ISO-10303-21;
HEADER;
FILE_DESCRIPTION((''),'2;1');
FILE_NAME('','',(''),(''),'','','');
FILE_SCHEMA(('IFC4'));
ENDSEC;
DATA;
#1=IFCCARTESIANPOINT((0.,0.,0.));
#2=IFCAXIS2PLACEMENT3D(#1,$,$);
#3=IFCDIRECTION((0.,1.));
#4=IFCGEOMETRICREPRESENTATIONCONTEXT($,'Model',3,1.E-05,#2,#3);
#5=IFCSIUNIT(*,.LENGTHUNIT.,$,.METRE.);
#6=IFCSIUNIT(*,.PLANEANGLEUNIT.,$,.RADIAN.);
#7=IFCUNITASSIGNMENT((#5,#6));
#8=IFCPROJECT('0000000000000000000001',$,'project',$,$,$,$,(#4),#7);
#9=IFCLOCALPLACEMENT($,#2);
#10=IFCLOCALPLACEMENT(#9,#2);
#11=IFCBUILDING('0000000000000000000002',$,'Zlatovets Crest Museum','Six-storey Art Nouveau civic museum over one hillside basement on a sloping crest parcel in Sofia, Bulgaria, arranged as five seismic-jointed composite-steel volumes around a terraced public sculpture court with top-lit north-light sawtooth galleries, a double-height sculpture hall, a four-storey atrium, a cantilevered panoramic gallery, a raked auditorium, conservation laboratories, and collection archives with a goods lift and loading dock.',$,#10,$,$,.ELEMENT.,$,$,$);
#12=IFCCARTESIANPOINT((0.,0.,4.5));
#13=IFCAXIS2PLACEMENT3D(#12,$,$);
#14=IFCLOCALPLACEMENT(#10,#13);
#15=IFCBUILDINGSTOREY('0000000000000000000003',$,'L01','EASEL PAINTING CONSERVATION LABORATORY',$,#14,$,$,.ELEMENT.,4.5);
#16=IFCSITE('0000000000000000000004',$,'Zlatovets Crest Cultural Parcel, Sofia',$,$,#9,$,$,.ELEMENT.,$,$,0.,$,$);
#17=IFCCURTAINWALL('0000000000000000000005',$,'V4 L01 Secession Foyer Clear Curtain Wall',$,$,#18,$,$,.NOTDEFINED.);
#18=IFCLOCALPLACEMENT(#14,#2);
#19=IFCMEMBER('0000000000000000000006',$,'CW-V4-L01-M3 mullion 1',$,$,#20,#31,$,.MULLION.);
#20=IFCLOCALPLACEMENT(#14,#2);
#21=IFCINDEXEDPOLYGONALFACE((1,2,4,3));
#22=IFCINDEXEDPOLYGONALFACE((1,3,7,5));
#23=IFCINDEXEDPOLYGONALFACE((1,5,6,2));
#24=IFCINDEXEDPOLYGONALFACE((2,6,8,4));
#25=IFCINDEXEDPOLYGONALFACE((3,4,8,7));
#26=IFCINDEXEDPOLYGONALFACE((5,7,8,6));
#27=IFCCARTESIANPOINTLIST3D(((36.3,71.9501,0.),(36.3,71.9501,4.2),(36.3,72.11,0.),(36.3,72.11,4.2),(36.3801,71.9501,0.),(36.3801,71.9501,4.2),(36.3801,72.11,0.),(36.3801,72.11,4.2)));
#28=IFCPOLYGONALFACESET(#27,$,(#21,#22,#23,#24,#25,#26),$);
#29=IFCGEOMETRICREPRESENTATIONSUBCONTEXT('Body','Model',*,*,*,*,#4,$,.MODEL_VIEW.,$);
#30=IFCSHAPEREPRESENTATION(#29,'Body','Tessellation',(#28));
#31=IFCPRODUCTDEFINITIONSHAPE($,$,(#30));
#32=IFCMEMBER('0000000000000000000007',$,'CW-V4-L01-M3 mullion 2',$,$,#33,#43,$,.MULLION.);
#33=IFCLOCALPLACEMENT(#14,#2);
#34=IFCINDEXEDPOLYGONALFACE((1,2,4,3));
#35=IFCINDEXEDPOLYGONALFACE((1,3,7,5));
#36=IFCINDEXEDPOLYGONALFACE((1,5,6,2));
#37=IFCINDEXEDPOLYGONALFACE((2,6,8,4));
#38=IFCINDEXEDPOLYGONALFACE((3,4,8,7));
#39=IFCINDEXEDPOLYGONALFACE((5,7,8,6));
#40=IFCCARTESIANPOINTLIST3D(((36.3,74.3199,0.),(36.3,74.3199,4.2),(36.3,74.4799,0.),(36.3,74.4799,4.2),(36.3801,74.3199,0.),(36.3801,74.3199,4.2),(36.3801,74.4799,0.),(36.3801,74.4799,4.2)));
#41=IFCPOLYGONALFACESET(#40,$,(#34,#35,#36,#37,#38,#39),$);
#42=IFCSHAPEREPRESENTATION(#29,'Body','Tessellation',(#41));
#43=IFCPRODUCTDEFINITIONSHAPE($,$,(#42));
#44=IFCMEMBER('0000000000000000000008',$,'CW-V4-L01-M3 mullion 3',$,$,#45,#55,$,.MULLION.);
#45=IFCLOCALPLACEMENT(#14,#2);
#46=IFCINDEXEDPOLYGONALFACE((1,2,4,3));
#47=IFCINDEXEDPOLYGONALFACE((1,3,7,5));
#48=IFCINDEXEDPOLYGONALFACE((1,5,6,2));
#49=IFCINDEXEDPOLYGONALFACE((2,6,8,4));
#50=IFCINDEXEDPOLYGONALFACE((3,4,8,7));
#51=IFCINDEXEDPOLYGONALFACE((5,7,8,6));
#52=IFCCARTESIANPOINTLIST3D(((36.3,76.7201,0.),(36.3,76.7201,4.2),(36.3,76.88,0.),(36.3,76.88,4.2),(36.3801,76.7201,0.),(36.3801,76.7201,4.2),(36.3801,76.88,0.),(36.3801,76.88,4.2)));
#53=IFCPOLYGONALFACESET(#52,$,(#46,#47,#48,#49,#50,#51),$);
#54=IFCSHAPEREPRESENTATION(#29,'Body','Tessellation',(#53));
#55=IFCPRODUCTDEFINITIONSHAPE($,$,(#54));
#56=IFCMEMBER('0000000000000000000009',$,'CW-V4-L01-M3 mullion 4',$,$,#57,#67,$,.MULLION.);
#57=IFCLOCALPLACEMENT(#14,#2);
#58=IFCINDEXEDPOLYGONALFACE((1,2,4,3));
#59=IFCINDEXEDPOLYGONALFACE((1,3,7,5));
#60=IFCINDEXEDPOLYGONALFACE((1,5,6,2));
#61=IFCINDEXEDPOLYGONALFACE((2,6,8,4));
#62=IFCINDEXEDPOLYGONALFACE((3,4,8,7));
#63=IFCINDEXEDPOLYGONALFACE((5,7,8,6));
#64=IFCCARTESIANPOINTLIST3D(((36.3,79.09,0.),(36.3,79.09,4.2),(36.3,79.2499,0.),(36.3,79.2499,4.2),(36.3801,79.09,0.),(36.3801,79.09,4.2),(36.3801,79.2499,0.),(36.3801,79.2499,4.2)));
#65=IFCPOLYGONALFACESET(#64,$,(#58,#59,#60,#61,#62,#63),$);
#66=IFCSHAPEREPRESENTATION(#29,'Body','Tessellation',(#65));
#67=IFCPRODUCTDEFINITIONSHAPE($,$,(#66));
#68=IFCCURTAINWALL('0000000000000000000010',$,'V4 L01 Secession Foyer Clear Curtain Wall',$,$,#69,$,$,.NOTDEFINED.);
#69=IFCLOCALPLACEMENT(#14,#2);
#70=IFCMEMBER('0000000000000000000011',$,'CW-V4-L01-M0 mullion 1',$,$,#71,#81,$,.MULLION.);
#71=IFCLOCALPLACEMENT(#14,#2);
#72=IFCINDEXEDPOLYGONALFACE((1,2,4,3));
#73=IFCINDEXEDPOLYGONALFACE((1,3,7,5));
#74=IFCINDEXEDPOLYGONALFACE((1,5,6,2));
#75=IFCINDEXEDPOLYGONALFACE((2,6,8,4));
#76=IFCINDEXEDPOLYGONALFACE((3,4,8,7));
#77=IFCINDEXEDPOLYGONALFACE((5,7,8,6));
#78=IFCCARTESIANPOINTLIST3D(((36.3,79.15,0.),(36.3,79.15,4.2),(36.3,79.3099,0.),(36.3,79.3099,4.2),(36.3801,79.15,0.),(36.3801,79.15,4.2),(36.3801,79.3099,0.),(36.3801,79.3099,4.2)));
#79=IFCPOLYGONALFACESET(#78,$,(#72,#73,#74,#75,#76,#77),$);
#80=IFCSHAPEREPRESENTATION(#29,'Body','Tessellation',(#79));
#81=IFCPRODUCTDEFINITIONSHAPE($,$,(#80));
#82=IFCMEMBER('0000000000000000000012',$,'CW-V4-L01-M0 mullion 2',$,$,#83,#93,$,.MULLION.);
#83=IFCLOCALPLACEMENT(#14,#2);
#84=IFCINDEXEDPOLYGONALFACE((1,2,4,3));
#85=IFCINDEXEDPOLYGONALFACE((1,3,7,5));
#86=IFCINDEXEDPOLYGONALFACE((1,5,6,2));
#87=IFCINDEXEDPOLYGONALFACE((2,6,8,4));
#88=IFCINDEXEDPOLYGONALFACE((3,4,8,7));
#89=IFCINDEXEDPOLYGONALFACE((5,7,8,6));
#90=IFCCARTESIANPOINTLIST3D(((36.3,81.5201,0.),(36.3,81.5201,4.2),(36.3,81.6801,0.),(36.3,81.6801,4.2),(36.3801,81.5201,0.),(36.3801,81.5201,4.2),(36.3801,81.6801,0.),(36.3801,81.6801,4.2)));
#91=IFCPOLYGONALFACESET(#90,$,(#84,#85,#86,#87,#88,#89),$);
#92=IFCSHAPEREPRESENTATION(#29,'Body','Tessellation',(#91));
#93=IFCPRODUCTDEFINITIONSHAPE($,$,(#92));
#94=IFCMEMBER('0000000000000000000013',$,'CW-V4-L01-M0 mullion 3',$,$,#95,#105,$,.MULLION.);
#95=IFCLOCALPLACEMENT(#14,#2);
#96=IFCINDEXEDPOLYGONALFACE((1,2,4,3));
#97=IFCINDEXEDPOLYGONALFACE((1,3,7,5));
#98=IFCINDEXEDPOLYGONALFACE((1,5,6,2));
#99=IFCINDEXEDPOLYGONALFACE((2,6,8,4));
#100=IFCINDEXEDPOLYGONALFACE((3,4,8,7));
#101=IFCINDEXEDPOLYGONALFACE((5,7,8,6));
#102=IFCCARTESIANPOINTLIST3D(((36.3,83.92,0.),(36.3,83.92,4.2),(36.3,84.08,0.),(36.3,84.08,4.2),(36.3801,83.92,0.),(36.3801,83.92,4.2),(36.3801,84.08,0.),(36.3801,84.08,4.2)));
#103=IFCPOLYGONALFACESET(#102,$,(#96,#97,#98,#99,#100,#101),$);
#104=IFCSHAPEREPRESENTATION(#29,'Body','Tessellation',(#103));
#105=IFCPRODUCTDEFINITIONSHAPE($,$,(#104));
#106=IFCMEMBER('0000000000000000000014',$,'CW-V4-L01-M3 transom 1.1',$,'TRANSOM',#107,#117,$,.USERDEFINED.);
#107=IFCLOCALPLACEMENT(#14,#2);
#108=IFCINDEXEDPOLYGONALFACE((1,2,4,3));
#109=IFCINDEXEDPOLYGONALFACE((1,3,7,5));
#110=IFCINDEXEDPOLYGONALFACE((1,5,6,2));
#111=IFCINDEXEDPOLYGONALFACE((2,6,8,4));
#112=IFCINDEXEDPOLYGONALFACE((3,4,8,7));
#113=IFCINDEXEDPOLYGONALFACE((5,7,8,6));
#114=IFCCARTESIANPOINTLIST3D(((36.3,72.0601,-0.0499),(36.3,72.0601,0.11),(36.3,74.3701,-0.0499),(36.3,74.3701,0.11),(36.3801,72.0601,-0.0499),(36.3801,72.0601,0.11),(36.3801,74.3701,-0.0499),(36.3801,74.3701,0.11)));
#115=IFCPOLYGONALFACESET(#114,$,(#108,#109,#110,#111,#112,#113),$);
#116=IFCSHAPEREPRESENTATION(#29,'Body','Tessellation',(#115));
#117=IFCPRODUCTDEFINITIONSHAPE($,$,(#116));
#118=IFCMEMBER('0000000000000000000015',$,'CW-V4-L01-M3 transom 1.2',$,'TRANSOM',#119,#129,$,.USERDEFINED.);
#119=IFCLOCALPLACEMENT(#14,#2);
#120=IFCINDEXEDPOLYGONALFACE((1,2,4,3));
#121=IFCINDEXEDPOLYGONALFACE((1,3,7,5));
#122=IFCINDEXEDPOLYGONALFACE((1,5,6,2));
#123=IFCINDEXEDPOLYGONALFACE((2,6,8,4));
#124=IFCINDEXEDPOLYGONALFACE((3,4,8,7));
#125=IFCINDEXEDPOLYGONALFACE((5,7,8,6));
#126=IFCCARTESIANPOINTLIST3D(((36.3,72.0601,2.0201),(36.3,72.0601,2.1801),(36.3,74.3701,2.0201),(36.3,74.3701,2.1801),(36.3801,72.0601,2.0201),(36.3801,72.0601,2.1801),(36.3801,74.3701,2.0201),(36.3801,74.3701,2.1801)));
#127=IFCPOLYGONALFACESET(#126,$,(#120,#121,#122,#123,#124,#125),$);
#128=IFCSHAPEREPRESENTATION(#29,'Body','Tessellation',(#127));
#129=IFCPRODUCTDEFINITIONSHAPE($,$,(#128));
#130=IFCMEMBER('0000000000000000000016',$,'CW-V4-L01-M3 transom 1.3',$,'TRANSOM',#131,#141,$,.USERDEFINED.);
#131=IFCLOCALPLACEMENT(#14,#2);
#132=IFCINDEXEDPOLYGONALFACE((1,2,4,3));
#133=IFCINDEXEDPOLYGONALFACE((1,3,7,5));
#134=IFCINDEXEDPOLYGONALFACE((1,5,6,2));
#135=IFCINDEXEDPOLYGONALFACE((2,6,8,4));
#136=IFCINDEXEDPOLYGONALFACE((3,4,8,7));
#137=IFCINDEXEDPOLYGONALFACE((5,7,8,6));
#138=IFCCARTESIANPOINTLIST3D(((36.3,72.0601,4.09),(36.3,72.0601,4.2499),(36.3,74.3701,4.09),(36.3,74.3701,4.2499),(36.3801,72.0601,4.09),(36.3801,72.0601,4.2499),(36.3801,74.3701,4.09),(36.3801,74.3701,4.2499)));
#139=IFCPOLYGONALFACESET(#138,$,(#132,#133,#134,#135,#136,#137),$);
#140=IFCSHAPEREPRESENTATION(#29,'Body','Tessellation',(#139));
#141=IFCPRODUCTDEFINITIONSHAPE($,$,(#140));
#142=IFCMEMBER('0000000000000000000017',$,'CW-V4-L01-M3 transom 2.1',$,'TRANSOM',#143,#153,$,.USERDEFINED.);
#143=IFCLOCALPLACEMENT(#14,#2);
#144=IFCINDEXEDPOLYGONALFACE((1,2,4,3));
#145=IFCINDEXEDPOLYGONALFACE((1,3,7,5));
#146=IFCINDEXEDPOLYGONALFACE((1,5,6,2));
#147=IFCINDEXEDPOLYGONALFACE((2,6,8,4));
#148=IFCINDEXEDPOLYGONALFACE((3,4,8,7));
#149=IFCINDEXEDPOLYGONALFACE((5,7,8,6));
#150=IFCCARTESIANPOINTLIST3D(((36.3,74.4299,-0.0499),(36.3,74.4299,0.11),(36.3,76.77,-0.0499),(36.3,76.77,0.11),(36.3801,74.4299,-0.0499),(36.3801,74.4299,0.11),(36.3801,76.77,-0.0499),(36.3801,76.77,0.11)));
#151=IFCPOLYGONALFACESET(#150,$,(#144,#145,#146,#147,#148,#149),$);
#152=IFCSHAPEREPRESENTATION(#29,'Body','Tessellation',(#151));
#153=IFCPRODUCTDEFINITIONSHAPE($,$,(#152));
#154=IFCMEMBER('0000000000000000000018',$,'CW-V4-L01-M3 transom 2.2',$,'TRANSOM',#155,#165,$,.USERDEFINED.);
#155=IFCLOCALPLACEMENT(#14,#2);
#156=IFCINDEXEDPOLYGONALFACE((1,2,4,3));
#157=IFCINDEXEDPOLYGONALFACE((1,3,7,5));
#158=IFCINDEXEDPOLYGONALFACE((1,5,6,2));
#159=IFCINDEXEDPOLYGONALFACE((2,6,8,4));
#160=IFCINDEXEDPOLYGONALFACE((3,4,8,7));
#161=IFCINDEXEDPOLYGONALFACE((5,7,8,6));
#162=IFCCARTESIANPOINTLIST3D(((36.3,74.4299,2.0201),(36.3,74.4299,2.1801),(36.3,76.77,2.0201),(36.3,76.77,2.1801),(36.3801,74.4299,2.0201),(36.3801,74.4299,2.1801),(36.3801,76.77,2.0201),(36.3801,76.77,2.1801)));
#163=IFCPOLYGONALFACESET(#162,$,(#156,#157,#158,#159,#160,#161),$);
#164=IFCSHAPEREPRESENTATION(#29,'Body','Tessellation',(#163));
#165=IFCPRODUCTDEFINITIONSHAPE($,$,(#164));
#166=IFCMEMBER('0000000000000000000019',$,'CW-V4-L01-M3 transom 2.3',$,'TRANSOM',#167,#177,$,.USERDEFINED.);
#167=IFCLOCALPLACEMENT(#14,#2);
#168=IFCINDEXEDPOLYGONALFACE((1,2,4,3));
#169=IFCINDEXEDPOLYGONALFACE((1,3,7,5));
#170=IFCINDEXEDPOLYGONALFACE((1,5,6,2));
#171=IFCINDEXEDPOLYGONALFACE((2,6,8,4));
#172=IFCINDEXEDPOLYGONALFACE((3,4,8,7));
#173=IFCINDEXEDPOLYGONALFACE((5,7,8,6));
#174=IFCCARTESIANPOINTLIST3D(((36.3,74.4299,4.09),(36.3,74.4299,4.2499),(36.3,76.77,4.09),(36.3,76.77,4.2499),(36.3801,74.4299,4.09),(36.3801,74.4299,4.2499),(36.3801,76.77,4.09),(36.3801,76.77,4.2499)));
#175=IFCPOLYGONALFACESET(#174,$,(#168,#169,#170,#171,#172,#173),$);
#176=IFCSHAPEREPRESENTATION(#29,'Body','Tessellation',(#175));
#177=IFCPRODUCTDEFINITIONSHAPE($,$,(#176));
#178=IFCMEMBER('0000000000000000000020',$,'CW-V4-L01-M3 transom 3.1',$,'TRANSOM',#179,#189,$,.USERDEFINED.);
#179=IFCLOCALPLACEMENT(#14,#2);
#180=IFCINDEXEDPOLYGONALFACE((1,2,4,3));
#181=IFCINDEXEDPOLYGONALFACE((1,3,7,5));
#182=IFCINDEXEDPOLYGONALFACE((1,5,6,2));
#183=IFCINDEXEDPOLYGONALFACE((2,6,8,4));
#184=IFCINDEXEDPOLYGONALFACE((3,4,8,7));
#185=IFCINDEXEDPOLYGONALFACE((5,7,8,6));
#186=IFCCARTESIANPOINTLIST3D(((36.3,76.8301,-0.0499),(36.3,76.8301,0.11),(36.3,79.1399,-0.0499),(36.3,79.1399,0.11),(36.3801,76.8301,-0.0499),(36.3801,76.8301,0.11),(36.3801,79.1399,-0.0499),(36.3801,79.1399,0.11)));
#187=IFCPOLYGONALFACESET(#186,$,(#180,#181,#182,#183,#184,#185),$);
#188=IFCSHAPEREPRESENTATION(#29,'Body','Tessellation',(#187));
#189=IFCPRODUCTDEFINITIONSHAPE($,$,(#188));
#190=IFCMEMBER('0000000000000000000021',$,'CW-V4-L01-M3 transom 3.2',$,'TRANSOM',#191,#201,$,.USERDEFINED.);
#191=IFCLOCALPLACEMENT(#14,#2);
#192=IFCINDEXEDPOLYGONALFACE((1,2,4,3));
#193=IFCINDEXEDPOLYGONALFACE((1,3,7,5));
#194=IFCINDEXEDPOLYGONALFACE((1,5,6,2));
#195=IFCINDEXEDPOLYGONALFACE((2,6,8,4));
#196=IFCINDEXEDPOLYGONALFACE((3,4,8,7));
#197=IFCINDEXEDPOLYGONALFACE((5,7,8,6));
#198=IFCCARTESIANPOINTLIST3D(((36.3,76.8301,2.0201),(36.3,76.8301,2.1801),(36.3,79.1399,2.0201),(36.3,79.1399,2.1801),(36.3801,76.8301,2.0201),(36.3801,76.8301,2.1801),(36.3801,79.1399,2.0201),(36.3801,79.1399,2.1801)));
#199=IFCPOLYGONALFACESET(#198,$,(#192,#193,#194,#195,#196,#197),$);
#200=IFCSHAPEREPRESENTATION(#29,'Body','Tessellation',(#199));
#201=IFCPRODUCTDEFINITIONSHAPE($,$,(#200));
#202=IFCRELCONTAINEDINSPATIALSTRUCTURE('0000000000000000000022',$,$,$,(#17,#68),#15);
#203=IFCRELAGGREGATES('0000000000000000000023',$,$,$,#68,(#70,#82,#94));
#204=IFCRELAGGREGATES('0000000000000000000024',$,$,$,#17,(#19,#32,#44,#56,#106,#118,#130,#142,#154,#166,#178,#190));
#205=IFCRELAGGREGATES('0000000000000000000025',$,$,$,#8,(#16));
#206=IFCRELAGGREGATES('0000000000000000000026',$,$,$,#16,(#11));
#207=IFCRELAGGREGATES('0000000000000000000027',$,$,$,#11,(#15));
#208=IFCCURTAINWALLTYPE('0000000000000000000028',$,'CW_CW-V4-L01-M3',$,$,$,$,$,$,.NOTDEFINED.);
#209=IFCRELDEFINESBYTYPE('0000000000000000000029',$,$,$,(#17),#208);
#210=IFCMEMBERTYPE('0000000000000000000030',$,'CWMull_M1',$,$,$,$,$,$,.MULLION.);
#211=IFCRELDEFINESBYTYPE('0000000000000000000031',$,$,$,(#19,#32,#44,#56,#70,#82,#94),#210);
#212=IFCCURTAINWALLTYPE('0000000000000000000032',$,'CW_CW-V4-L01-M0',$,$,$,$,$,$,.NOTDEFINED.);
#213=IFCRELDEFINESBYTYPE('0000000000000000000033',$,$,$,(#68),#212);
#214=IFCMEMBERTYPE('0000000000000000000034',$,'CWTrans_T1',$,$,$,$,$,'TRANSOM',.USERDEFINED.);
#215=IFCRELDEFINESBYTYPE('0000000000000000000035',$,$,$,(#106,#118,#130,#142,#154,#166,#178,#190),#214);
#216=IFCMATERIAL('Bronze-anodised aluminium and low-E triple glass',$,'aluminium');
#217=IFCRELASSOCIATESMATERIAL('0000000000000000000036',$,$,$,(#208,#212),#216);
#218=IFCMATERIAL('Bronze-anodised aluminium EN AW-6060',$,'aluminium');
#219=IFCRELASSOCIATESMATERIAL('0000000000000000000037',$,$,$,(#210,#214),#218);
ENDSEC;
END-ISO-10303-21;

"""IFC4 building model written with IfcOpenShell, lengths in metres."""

from ifc_helpers import new_model, si_unit, direction, frame, origin, origin_2d, place, context, subcontext, project, spatial, rectangle, extrude, material, material_profile, profile_set, type_object, element, aggregate, save


model = new_model("IFC4")

# Units and contexts
model_context = context("Model", 3, precision=1e-05, world=origin(), true_north=direction((0.0, 1.0)))
body_context = subcontext(model_context, "Body", "Model", "MODEL_VIEW")
ifc_project = project(units=[si_unit("LENGTHUNIT", "METRE"), si_unit("PLANEANGLEUNIT", "RADIAN")], contexts=[model_context])

# Site, building, storey
site_placement = place(None, origin())
site = spatial("IfcSite", under=ifc_project, at=site_placement, Name="Zlatovets Crest Cultural Parcel, Sofia", CompositionType="ELEMENT", RefElevation=0.0)
building_placement = place(site_placement, origin())
building = spatial("IfcBuilding", under=site, at=building_placement, Name="Zlatovets Crest Museum", Description="Six-storey Art Nouveau civic museum over one hillside basement on a sloping crest parcel in Sofia, Bulgaria, arranged as five seismic-jointed composite-steel volumes around a terraced public sculpture court with top-lit north-light sawtooth galleries, a double-height sculpture hall, a four-storey atrium, a cantilevered panoramic gallery, a raked auditorium, conservation laboratories, and collection archives with a goods lift and loading dock.", CompositionType="ELEMENT")
storey_placement = place(building_placement, frame((0.0, 0.0, 4.5)))
storey = spatial("IfcBuildingStorey", under=building, at=storey_placement, Name="L01", Description="EASEL PAINTING CONSERVATION LABORATORY", CompositionType="ELEMENT", Elevation=4.5)

# Curtain walls, members
ifc_material_1 = material(Name="Bronze-anodised aluminium and low-E triple glass", Category="aluminium")
curtain_wall_type_1 = type_object("IfcCurtainWallType", Name="CW_CW-V4-L01-M3", PredefinedType="NOTDEFINED", material=ifc_material_1)
curtain_wall_1_placement = place(storey_placement, origin())
curtain_wall_1 = element("IfcCurtainWall", 1, at=curtain_wall_1_placement, inside=storey, type_object=curtain_wall_type_1, Name="V4 L01 Secession Foyer Clear Curtain Wall", PredefinedType="NOTDEFINED")
ifc_material_2 = material(Name="Bronze-anodised aluminium EN AW-6060", Category="aluminium")
ifc_material_profile_1 = material_profile(ifc_material_2, rectangle(XDim=0.0801, YDim=0.1599, at=origin_2d()), Name="ALU 80x160")
ifc_profile_set_1 = profile_set([ifc_material_profile_1], Name="Bronze-anodised aluminium EN AW-6060")
member_type_1 = type_object("IfcMemberType", Name="CWMull_M1", PredefinedType="MULLION", material=ifc_profile_set_1)
member_1_placement = place(storey_placement, frame((36.3401, 72.03, 0.0), z_axis=(0.0, 0.0, 1.0), x_axis=(-1.0, 0.0, 0.0)))
member_1 = element("IfcMember", 2, at=member_1_placement, type_object=member_type_1, Name="CW-V4-L01-M3 mullion 1", PredefinedType="MULLION", context=body_context, shape_type="SweptSolid", body=[
    extrude(rectangle(XDim=0.0801, YDim=0.1599, at=origin_2d()), origin(), (0.0, 0.0, 1.0), 4.2),
])
member_2_placement = place(storey_placement, frame((36.3401, 74.3999, 0.0), z_axis=(0.0, 0.0, 1.0), x_axis=(-1.0, 0.0, 0.0)))
member_2 = element("IfcMember", 3, at=member_2_placement, type_object=member_type_1, Name="CW-V4-L01-M3 mullion 2", PredefinedType="MULLION", context=body_context, shape_type="SweptSolid", body=[
    extrude(rectangle(XDim=0.0801, YDim=0.1599, at=origin_2d()), origin(), (0.0, 0.0, 1.0), 4.2),
])
member_3_placement = place(storey_placement, frame((36.3401, 76.8, 0.0), z_axis=(0.0, 0.0, 1.0), x_axis=(-1.0, 0.0, 0.0)))
member_3 = element("IfcMember", 4, at=member_3_placement, type_object=member_type_1, Name="CW-V4-L01-M3 mullion 3", PredefinedType="MULLION", context=body_context, shape_type="SweptSolid", body=[
    extrude(rectangle(XDim=0.0801, YDim=0.1599, at=origin_2d()), origin(), (0.0, 0.0, 1.0), 4.2),
])
member_4_placement = place(storey_placement, frame((36.3401, 79.1699, 0.0), z_axis=(0.0, 0.0, 1.0), x_axis=(-1.0, 0.0, 0.0)))
member_4 = element("IfcMember", 5, at=member_4_placement, type_object=member_type_1, Name="CW-V4-L01-M3 mullion 4", PredefinedType="MULLION", context=body_context, shape_type="SweptSolid", body=[
    extrude(rectangle(XDim=0.0801, YDim=0.1599, at=origin_2d()), origin(), (0.0, 0.0, 1.0), 4.2),
])
curtain_wall_type_2 = type_object("IfcCurtainWallType", Name="CW_CW-V4-L01-M0", PredefinedType="NOTDEFINED", material=ifc_material_1)
curtain_wall_2_placement = place(storey_placement, origin())
curtain_wall_2 = element("IfcCurtainWall", 6, at=curtain_wall_2_placement, inside=storey, type_object=curtain_wall_type_2, Name="V4 L01 Secession Foyer Clear Curtain Wall", PredefinedType="NOTDEFINED")
member_5_placement = place(storey_placement, frame((36.3401, 79.23, 0.0), z_axis=(0.0, 0.0, 1.0), x_axis=(-1.0, 0.0, 0.0)))
member_5 = element("IfcMember", 7, at=member_5_placement, type_object=member_type_1, Name="CW-V4-L01-M0 mullion 1", PredefinedType="MULLION", context=body_context, shape_type="SweptSolid", body=[
    extrude(rectangle(XDim=0.0801, YDim=0.1599, at=origin_2d()), origin(), (0.0, 0.0, 1.0), 4.2),
])
member_6_placement = place(storey_placement, frame((36.3401, 81.6001, 0.0), z_axis=(0.0, 0.0, 1.0), x_axis=(-1.0, 0.0, 0.0)))
member_6 = element("IfcMember", 8, at=member_6_placement, type_object=member_type_1, Name="CW-V4-L01-M0 mullion 2", PredefinedType="MULLION", context=body_context, shape_type="SweptSolid", body=[
    extrude(rectangle(XDim=0.0801, YDim=0.1599, at=origin_2d()), origin(), (0.0, 0.0, 1.0), 4.2),
])
member_7_placement = place(storey_placement, frame((36.3401, 84.0, 0.0), z_axis=(0.0, 0.0, 1.0), x_axis=(-1.0, 0.0, 0.0)))
member_7 = element("IfcMember", 9, at=member_7_placement, type_object=member_type_1, Name="CW-V4-L01-M0 mullion 3", PredefinedType="MULLION", context=body_context, shape_type="SweptSolid", body=[
    extrude(rectangle(XDim=0.0801, YDim=0.1599, at=origin_2d()), origin(), (0.0, 0.0, 1.0), 4.2),
])

# Members
ifc_material_profile_2 = material_profile(ifc_material_2, rectangle(XDim=0.0801, YDim=0.1599, at=origin_2d()), Name="ALU 80x160")
ifc_profile_set_2 = profile_set([ifc_material_profile_2], Name="Bronze-anodised aluminium EN AW-6060")
member_type_2 = type_object("IfcMemberType", Name="CWTrans_T1", ElementType="TRANSOM", PredefinedType="USERDEFINED", material=ifc_profile_set_2)
member_8_placement = place(storey_placement, frame((36.3401, 72.0601, 0.03), z_axis=(0.0, 1.0, 0.0), x_axis=(-1.0, 0.0, 0.0)))
member_8 = element("IfcMember", 10, at=member_8_placement, type_object=member_type_2, Name="CW-V4-L01-M3 transom 1.1", ObjectType="TRANSOM", PredefinedType="USERDEFINED", context=body_context, shape_type="SweptSolid", body=[
    extrude(rectangle(XDim=0.0801, YDim=0.1599, at=origin_2d()), origin(), (0.0, 0.0, 1.0), 2.3101),
])
member_9_placement = place(storey_placement, frame((36.3401, 72.0601, 2.1001), z_axis=(0.0, 1.0, 0.0), x_axis=(-1.0, 0.0, 0.0)))
member_9 = element("IfcMember", 11, at=member_9_placement, type_object=member_type_2, Name="CW-V4-L01-M3 transom 1.2", ObjectType="TRANSOM", PredefinedType="USERDEFINED", context=body_context, shape_type="SweptSolid", body=[
    extrude(rectangle(XDim=0.0801, YDim=0.1599, at=origin_2d()), origin(), (0.0, 0.0, 1.0), 2.3101),
])
member_10_placement = place(storey_placement, frame((36.3401, 72.0601, 4.1699), z_axis=(0.0, 1.0, 0.0), x_axis=(-1.0, 0.0, 0.0)))
member_10 = element("IfcMember", 12, at=member_10_placement, type_object=member_type_2, Name="CW-V4-L01-M3 transom 1.3", ObjectType="TRANSOM", PredefinedType="USERDEFINED", context=body_context, shape_type="SweptSolid", body=[
    extrude(rectangle(XDim=0.0801, YDim=0.1599, at=origin_2d()), origin(), (0.0, 0.0, 1.0), 2.3101),
])
member_11_placement = place(storey_placement, frame((36.3401, 74.4299, 0.03), z_axis=(0.0, 1.0, 0.0), x_axis=(-1.0, 0.0, 0.0)))
member_11 = element("IfcMember", 13, at=member_11_placement, type_object=member_type_2, Name="CW-V4-L01-M3 transom 2.1", ObjectType="TRANSOM", PredefinedType="USERDEFINED", context=body_context, shape_type="SweptSolid", body=[
    extrude(rectangle(XDim=0.0801, YDim=0.1599, at=origin_2d()), origin(), (0.0, 0.0, 1.0), 2.3401),
])
member_12_placement = place(storey_placement, frame((36.3401, 74.4299, 2.1001), z_axis=(0.0, 1.0, 0.0), x_axis=(-1.0, 0.0, 0.0)))
member_12 = element("IfcMember", 14, at=member_12_placement, type_object=member_type_2, Name="CW-V4-L01-M3 transom 2.2", ObjectType="TRANSOM", PredefinedType="USERDEFINED", context=body_context, shape_type="SweptSolid", body=[
    extrude(rectangle(XDim=0.0801, YDim=0.1599, at=origin_2d()), origin(), (0.0, 0.0, 1.0), 2.3401),
])
member_13_placement = place(storey_placement, frame((36.3401, 74.4299, 4.1699), z_axis=(0.0, 1.0, 0.0), x_axis=(-1.0, 0.0, 0.0)))
member_13 = element("IfcMember", 15, at=member_13_placement, type_object=member_type_2, Name="CW-V4-L01-M3 transom 2.3", ObjectType="TRANSOM", PredefinedType="USERDEFINED", context=body_context, shape_type="SweptSolid", body=[
    extrude(rectangle(XDim=0.0801, YDim=0.1599, at=origin_2d()), origin(), (0.0, 0.0, 1.0), 2.3401),
])
member_14_placement = place(storey_placement, frame((36.3401, 76.8301, 0.03), z_axis=(0.0, 1.0, 0.0), x_axis=(-1.0, 0.0, 0.0)))
member_14 = element("IfcMember", 16, at=member_14_placement, type_object=member_type_2, Name="CW-V4-L01-M3 transom 3.1", ObjectType="TRANSOM", PredefinedType="USERDEFINED", context=body_context, shape_type="SweptSolid", body=[
    extrude(rectangle(XDim=0.0801, YDim=0.1599, at=origin_2d()), origin(), (0.0, 0.0, 1.0), 2.3098),
])
member_15_placement = place(storey_placement, frame((36.3401, 76.8301, 2.1001), z_axis=(0.0, 1.0, 0.0), x_axis=(-1.0, 0.0, 0.0)))
member_15 = element("IfcMember", 17, at=member_15_placement, type_object=member_type_2, Name="CW-V4-L01-M3 transom 3.2", ObjectType="TRANSOM", PredefinedType="USERDEFINED", context=body_context, shape_type="SweptSolid", body=[
    extrude(rectangle(XDim=0.0801, YDim=0.1599, at=origin_2d()), origin(), (0.0, 0.0, 1.0), 2.3098),
])

aggregate(curtain_wall_2, [member_5, member_6, member_7])
aggregate(curtain_wall_1, [member_1, member_2, member_3, member_4, member_8, member_9, member_10, member_11, member_12, member_13, member_14, member_15])

save(model, "model.ifc")
